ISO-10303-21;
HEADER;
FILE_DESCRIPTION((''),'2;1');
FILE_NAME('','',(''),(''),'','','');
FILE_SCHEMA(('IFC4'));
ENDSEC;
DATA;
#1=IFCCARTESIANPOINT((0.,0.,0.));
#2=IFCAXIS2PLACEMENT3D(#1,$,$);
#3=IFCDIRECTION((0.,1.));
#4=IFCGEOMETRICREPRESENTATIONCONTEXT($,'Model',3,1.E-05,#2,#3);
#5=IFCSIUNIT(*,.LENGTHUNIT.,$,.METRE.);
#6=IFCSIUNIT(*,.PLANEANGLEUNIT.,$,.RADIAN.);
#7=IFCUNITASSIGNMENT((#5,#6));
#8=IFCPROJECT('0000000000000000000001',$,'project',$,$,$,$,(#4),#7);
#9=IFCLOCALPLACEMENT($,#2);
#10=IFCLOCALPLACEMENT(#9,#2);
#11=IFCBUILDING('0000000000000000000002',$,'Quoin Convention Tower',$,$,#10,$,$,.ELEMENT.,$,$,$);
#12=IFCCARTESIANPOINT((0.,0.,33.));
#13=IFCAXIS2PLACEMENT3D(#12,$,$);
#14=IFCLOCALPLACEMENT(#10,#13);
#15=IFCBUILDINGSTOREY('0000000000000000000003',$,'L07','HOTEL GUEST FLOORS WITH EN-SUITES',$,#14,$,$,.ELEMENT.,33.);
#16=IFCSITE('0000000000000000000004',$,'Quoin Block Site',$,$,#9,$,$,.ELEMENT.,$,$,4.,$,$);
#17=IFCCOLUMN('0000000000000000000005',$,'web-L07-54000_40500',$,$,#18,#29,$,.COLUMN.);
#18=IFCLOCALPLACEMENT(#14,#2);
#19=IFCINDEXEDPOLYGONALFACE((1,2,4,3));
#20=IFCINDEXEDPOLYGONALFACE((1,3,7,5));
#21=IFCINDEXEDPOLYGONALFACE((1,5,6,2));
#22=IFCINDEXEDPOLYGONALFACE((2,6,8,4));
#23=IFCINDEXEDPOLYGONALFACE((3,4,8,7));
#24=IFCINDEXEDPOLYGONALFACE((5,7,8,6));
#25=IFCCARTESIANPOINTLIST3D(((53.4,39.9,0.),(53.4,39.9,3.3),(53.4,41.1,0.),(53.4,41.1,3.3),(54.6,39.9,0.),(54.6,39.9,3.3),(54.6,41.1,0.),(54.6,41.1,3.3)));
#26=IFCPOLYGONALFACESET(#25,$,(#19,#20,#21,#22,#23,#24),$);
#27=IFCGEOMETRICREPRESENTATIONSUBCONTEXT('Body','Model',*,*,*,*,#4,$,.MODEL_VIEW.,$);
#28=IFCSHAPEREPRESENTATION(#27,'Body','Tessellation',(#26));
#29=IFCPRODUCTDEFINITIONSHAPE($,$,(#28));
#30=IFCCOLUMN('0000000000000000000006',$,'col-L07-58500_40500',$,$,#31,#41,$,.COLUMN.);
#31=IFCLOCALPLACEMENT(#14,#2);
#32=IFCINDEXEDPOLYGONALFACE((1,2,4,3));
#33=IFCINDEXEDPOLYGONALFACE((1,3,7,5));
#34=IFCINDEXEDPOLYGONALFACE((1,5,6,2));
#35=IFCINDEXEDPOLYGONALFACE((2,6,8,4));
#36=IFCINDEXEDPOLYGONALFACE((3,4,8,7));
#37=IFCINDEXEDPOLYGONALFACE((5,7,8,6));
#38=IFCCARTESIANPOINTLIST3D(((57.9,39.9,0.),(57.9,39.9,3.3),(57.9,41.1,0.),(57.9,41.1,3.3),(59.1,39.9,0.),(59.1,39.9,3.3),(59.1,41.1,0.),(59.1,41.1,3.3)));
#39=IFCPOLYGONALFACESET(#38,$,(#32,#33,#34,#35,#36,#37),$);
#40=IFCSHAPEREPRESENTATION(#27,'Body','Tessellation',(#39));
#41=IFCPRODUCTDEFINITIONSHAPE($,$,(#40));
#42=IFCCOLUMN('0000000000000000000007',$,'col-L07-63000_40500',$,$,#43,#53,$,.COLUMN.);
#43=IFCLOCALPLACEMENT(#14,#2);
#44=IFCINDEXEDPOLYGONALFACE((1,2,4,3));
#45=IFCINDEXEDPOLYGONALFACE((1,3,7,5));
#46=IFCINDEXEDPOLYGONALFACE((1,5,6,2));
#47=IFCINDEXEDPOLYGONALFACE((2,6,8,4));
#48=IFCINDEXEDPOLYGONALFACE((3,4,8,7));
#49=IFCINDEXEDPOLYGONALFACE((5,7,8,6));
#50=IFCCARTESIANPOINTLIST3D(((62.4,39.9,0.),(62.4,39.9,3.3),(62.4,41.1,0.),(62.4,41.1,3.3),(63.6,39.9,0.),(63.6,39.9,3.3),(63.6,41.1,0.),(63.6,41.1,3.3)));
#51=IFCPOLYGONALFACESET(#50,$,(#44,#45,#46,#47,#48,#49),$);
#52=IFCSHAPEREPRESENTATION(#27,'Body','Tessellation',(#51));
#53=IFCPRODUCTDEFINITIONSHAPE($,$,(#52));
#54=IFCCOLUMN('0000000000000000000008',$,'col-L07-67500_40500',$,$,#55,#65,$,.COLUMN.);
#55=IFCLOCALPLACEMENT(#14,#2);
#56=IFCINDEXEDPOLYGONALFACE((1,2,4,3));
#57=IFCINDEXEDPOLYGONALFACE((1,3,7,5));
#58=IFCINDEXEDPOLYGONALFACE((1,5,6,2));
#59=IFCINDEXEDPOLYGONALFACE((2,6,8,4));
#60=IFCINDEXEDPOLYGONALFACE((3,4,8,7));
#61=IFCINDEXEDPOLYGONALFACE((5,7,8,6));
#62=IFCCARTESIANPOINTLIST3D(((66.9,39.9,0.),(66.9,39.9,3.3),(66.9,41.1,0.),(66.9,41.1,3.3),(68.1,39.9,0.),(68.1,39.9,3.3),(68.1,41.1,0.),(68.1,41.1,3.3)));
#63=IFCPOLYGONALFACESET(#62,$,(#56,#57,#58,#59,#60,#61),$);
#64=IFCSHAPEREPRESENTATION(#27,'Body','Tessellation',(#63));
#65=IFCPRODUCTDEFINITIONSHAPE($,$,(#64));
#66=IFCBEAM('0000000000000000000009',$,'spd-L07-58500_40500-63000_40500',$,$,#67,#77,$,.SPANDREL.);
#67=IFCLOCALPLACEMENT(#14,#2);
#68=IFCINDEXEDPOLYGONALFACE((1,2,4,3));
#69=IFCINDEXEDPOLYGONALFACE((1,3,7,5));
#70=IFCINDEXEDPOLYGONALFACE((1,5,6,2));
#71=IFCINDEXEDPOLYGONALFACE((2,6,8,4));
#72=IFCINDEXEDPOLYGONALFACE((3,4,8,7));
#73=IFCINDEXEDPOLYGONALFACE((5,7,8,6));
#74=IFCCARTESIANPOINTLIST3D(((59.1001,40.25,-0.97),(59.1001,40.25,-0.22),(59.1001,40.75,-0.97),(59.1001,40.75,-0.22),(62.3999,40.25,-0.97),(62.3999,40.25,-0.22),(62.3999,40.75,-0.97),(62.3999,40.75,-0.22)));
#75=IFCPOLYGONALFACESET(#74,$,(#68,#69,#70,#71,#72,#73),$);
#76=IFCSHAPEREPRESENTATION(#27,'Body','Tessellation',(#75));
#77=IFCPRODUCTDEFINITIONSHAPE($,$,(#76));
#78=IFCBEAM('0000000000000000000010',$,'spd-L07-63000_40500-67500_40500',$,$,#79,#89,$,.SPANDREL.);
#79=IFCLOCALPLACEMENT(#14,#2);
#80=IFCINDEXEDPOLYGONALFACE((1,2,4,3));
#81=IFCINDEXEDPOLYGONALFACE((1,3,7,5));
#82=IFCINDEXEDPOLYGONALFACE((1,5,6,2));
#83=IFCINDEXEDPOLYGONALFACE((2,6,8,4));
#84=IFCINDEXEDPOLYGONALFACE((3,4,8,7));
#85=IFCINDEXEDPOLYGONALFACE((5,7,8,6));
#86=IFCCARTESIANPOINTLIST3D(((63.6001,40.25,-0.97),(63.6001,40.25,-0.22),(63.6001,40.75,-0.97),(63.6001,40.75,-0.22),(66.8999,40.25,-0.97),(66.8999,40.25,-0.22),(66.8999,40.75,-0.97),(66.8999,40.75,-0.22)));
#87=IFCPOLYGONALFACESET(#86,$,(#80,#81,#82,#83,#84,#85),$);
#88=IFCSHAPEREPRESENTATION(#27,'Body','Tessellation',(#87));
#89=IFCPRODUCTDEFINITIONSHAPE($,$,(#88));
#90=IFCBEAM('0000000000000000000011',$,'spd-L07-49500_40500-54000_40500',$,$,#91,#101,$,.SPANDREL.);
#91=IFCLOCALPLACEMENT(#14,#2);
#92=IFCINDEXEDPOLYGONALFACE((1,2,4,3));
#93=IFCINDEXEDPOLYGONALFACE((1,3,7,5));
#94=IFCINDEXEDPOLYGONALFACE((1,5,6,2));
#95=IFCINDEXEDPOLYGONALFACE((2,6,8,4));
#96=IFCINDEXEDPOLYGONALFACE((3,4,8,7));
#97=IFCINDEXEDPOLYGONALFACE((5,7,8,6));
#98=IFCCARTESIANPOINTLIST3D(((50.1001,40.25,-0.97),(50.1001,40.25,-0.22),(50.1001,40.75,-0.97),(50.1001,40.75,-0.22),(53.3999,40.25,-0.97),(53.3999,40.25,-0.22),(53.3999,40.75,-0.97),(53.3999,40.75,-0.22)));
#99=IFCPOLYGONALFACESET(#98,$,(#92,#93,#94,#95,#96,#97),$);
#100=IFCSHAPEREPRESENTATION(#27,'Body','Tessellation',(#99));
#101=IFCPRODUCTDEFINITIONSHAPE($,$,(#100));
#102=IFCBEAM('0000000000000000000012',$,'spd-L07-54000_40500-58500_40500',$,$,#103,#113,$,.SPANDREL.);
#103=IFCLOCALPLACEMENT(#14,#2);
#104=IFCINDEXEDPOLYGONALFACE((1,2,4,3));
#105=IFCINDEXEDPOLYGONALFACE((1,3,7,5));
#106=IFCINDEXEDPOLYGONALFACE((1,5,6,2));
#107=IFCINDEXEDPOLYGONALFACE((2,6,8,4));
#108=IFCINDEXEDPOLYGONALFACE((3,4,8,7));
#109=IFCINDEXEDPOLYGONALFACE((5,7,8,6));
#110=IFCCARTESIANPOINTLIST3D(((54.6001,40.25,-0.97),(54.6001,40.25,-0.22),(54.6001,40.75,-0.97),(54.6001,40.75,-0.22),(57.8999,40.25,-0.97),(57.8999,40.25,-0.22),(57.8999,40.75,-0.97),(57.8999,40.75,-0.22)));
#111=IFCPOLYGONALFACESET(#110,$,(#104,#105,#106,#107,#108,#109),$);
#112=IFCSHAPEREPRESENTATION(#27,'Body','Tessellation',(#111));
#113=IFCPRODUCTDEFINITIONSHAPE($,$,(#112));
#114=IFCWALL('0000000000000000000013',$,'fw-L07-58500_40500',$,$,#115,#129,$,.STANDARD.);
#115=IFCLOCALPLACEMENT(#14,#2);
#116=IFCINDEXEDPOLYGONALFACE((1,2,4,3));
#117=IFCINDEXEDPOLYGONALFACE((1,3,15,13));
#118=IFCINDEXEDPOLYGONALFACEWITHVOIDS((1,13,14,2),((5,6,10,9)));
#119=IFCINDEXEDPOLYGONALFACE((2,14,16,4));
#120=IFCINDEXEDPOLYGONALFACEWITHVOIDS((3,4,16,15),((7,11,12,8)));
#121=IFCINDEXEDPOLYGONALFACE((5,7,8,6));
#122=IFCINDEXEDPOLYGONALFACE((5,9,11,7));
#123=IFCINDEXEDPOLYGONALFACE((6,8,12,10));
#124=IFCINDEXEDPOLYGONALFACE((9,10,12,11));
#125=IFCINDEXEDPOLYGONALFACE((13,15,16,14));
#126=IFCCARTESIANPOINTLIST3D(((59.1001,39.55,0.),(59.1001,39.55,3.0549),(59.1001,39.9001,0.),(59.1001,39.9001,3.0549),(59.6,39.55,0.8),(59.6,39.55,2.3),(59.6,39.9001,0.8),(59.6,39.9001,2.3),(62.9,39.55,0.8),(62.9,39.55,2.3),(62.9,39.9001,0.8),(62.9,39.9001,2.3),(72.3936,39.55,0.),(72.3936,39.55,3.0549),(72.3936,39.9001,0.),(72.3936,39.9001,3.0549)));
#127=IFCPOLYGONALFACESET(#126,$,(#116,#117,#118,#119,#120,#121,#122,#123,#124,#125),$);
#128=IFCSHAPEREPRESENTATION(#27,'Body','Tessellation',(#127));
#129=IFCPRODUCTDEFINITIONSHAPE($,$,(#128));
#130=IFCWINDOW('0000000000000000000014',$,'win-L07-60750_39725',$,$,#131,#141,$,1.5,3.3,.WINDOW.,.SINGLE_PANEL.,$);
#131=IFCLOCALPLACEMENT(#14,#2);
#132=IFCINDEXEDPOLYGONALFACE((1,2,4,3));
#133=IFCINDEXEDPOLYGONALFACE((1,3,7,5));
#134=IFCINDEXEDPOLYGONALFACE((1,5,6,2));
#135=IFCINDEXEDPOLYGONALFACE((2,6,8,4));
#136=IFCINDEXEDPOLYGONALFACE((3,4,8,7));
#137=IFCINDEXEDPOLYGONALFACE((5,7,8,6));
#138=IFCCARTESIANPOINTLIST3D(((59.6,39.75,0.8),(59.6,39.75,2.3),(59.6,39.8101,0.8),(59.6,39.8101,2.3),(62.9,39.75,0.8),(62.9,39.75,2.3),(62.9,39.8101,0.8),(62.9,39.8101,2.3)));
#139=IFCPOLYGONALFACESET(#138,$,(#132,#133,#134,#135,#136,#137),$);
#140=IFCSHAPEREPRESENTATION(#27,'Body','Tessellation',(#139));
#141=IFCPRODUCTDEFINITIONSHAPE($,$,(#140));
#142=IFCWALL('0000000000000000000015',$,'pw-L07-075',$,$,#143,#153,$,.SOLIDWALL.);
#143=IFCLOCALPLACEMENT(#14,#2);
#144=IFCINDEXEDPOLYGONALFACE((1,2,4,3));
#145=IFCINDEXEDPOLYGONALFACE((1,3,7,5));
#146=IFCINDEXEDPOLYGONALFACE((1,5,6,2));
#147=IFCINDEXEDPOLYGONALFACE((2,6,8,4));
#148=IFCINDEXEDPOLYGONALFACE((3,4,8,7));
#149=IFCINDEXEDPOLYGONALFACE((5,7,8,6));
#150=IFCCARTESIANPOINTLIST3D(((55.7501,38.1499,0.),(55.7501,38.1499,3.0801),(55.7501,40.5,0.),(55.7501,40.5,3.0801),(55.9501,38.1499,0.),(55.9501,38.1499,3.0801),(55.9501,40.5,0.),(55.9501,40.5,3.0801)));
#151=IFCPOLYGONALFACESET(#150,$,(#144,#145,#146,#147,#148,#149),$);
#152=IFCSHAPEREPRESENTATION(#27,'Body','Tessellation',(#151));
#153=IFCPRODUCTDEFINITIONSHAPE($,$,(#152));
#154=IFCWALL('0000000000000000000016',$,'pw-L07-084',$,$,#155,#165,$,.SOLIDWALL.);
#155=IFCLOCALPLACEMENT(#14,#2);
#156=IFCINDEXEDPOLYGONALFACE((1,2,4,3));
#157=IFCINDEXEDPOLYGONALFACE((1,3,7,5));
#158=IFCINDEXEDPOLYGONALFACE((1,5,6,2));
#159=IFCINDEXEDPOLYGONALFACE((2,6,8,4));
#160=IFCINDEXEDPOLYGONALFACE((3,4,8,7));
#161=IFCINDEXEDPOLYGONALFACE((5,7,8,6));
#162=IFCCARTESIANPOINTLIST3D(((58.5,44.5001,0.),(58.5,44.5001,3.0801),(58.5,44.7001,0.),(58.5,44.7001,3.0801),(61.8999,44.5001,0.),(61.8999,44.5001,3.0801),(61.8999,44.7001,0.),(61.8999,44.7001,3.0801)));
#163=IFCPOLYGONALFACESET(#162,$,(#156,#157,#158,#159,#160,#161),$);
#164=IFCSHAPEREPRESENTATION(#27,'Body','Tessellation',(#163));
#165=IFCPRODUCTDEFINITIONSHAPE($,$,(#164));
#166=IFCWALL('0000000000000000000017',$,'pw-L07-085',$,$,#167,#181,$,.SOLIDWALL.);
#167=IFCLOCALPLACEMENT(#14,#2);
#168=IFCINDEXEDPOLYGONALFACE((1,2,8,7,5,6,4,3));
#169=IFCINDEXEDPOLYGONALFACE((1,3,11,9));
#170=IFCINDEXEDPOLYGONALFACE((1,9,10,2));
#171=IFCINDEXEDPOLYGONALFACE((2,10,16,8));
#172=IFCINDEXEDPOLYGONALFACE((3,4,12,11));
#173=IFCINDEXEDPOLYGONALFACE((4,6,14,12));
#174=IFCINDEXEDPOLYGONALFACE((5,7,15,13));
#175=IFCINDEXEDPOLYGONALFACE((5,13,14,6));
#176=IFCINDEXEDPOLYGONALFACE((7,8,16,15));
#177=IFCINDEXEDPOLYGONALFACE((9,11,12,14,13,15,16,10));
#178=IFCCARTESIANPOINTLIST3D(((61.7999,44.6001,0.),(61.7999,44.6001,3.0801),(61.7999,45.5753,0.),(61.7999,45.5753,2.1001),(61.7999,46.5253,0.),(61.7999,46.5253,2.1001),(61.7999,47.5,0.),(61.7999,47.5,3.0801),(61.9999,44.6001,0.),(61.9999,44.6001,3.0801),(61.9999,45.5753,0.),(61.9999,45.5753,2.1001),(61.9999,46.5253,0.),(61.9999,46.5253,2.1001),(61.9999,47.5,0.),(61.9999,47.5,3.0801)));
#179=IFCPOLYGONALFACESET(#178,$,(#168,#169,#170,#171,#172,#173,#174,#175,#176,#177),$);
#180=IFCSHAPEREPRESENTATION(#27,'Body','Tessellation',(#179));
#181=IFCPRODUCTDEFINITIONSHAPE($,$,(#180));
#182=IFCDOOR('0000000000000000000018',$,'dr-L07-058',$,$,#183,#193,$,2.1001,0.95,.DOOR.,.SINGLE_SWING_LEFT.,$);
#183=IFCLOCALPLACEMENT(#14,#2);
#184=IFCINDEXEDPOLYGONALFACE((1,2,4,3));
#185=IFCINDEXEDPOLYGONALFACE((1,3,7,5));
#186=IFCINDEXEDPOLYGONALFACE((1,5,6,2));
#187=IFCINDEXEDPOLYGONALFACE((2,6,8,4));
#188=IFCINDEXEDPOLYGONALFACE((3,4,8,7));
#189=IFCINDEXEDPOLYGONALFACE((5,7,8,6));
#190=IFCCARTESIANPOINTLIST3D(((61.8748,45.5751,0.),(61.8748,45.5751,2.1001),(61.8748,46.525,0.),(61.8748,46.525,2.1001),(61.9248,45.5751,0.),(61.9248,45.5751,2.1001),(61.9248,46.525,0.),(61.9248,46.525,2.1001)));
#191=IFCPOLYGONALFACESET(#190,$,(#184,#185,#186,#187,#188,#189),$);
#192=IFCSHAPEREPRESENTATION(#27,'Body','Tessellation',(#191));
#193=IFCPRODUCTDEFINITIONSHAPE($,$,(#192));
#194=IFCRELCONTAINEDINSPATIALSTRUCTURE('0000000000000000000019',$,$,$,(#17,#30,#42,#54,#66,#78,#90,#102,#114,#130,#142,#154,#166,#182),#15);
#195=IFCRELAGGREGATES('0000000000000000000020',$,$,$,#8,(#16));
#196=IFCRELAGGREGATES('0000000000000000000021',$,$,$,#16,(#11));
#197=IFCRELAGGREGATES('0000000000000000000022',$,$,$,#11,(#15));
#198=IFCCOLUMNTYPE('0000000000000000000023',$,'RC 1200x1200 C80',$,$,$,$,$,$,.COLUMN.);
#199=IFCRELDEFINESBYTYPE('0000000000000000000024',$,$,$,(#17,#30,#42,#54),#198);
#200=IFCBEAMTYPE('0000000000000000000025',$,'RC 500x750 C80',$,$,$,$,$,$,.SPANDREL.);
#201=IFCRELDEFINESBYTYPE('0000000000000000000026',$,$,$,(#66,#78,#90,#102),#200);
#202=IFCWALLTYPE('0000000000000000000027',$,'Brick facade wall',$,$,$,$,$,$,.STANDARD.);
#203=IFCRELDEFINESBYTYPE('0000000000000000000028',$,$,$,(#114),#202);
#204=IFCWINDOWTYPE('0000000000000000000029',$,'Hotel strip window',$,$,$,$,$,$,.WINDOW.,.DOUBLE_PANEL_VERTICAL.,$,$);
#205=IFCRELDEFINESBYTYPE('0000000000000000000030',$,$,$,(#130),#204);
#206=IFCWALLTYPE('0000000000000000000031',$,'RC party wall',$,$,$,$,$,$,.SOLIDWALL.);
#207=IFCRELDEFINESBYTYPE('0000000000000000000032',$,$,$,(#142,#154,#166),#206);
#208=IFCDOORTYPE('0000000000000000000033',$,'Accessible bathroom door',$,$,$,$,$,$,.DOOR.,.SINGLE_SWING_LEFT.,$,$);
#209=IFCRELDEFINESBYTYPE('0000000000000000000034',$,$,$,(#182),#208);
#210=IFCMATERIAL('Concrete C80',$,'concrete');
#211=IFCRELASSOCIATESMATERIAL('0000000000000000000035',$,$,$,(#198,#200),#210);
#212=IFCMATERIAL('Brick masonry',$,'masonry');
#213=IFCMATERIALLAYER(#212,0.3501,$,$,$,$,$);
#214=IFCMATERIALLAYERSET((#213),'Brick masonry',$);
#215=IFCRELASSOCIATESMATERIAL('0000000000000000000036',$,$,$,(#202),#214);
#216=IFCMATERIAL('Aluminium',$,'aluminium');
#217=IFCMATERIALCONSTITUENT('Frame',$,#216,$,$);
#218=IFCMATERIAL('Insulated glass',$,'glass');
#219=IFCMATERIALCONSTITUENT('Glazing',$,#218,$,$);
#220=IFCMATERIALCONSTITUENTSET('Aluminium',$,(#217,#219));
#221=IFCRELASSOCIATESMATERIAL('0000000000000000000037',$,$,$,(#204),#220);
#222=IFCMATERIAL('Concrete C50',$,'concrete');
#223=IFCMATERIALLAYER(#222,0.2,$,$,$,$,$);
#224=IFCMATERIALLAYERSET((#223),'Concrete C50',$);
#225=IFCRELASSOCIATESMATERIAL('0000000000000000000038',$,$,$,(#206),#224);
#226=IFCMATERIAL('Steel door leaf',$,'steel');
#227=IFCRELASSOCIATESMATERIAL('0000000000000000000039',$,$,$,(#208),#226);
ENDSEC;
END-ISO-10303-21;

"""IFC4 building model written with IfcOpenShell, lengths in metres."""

from ifc_helpers import new_model, si_unit, direction, frame, frame_2d, origin, origin_2d, place, context, subcontext, project, spatial, rectangle, extrude, material, layer, layer_set, constituent, constituent_set, material_profile, profile_set, type_object, element, fill, save


model = new_model("IFC4")

# Units and contexts
model_context = context("Model", 3, precision=1e-05, world=origin(), true_north=direction((0.0, 1.0)))
body_context = subcontext(model_context, "Body", "Model", "MODEL_VIEW")
ifc_project = project(units=[si_unit("LENGTHUNIT", "METRE"), si_unit("PLANEANGLEUNIT", "RADIAN")], contexts=[model_context])

# Site, building, storey
site_placement = place(None, origin())
site = spatial("IfcSite", under=ifc_project, at=site_placement, Name="Quoin Block Site", CompositionType="ELEMENT", RefElevation=4.0)
building_placement = place(site_placement, origin())
building = spatial("IfcBuilding", under=site, at=building_placement, Name="Quoin Convention Tower", CompositionType="ELEMENT")
storey_placement = place(building_placement, frame((0.0, 0.0, 33.0)))
storey = spatial("IfcBuildingStorey", under=building, at=storey_placement, Name="L07", Description="HOTEL GUEST FLOORS WITH EN-SUITES", CompositionType="ELEMENT", Elevation=33.0)

# Columns
ifc_material_1 = material(Name="Concrete C80", Category="concrete")
ifc_material_profile_1 = material_profile(ifc_material_1, rectangle(XDim=1.2, YDim=1.2, at=origin_2d()), Name="RC 1200x1200")
ifc_profile_set_1 = profile_set([ifc_material_profile_1], Name="Concrete C80")
column_type = type_object("IfcColumnType", Name="RC 1200x1200 C80", PredefinedType="COLUMN", material=ifc_profile_set_1)
for number, where, z_axis, x_axis, name in (
    (1, (54.0, 40.5, 0.0), (0.0, 0.0, 1.0), (1.0, 0.0, 0.0), "web-L07-54000_40500"),
    (2, (58.5, 40.5, 0.0), (0.0, 0.0, 1.0), (1.0, 0.0, 0.0), "col-L07-58500_40500"),
    (3, (63.0, 40.5, 0.0), (0.0, 0.0, 1.0), (1.0, 0.0, 0.0), "col-L07-63000_40500"),
    (4, (67.5, 40.5, 0.0), (0.0, 0.0, 1.0), (1.0, 0.0, 0.0), "col-L07-67500_40500"),
):
    element("IfcColumn", number, at=place(storey_placement, frame(where, z_axis=z_axis, x_axis=x_axis)), inside=storey, type_object=column_type, Name=name, PredefinedType="COLUMN", context=body_context, shape_type="SweptSolid", body=[
        extrude(rectangle(XDim=1.2, YDim=1.2, at=origin_2d()), origin(), (0.0, 0.0, 1.0), 3.3),
    ])

# Beams
ifc_material_profile_2 = material_profile(ifc_material_1, rectangle(XDim=0.5, YDim=0.75, at=origin_2d()), Name="RC 500x750")
ifc_profile_set_2 = profile_set([ifc_material_profile_2], Name="Concrete C80")
beam_type = type_object("IfcBeamType", Name="RC 500x750 C80", PredefinedType="SPANDREL", material=ifc_profile_set_2)
for number, where, z_axis, x_axis, name in (
    (5, (59.1001, 40.5, -0.595), (1.0, 0.0, 0.0), (0.0, 1.0, 0.0), "spd-L07-58500_40500-63000_40500"),
    (6, (63.6001, 40.5, -0.595), (1.0, 0.0, 0.0), (0.0, 1.0, 0.0), "spd-L07-63000_40500-67500_40500"),
    (7, (50.1001, 40.5, -0.595), (1.0, 0.0, 0.0), (0.0, 1.0, 0.0), "spd-L07-49500_40500-54000_40500"),
    (8, (54.6001, 40.5, -0.595), (1.0, 0.0, 0.0), (0.0, 1.0, 0.0), "spd-L07-54000_40500-58500_40500"),
):
    element("IfcBeam", number, at=place(storey_placement, frame(where, z_axis=z_axis, x_axis=x_axis)), inside=storey, type_object=beam_type, Name=name, PredefinedType="SPANDREL", context=body_context, shape_type="SweptSolid", body=[
        extrude(rectangle(XDim=0.5, YDim=0.75, at=origin_2d()), origin(), (0.0, 0.0, 1.0), 3.2998),
    ])

# Wall, opening, window
ifc_material_2 = material(Name="Brick masonry", Category="masonry")
ifc_layer_1 = layer(ifc_material_2, 0.3501)
ifc_layer_set_1 = layer_set([ifc_layer_1], Name="Brick masonry")
wall_type_1 = type_object("IfcWallType", Name="Brick facade wall", PredefinedType="STANDARD", material=ifc_layer_set_1)
wall_1_placement = place(storey_placement, frame((59.1001, 39.7251, 0.0), z_axis=(0.0, 0.0, 1.0), x_axis=(1.0, 0.0, 0.0)))
wall_1 = element("IfcWall", 9, at=wall_1_placement, inside=storey, type_object=wall_type_1, Name="fw-L07-58500_40500", PredefinedType="STANDARD", context=body_context, shape_type="SweptSolid", body=[
    extrude(rectangle(XDim=13.2935, YDim=0.3501, at=frame_2d((6.6467, 0.0))), origin(), (0.0, 0.0, 1.0), 3.0549),
])
opening_1_placement = place(wall_1_placement, frame((0.5, 0.0, 0.8)))
opening_1 = element("IfcOpeningElement", 10, at=opening_1_placement, cuts=wall_1, PredefinedType="OPENING", context=body_context, shape_type="SweptSolid", body=[
    extrude(rectangle(XDim=3.3, YDim=1.5, at=frame_2d((1.6499, 0.75))), frame((0.0, 0.1851, 0.0), z_axis=(0.0, -1.0, 0.0), x_axis=(1.0, 0.0, 0.0)), (0.0, 0.0, 1.0), 0.3701),
])
ifc_material_3 = material(Name="Aluminium", Category="aluminium")
ifc_constituent_1 = constituent(ifc_material_3, Name="Frame")
ifc_material_4 = material(Name="Insulated glass", Category="glass")
ifc_constituent_2 = constituent(ifc_material_4, Name="Glazing")
ifc_constituent_set = constituent_set(constituents=[ifc_constituent_1, ifc_constituent_2], Name="Aluminium")
window_type = type_object("IfcWindowType", Name="Hotel strip window", PartitioningType="DOUBLE_PANEL_VERTICAL", PredefinedType="WINDOW", material=ifc_constituent_set)
window_placement = place(opening_1_placement, origin())
window = element("IfcWindow", 11, at=window_placement, inside=storey, type_object=window_type, Name="win-L07-60750_39725", OverallHeight=1.5, OverallWidth=3.3, PartitioningType="SINGLE_PANEL", PredefinedType="WINDOW", context=body_context, shape_type="SweptSolid", body=[
    extrude(rectangle(XDim=3.3, YDim=1.5, at=frame_2d((1.6499, 0.75))), frame((0.0, 0.085, 0.0), z_axis=(0.0, -1.0, 0.0), x_axis=(1.0, 0.0, 0.0)), (0.0, 0.0, 1.0), 0.0601),
])
fill(opening_1, window)

# Walls
ifc_material_5 = material(Name="Concrete C50", Category="concrete")
ifc_layer_2 = layer(ifc_material_5, 0.2)
ifc_layer_set_2 = layer_set([ifc_layer_2], Name="Concrete C50")
wall_type_2 = type_object("IfcWallType", Name="RC party wall", PredefinedType="SOLIDWALL", material=ifc_layer_set_2)
wall_2_placement = place(storey_placement, frame((55.8501, 38.1499, 0.0), z_axis=(0.0, 0.0, 1.0), x_axis=(0.0, 1.0, 0.0)))
element("IfcWall", 12, at=wall_2_placement, inside=storey, type_object=wall_type_2, Name="pw-L07-075", PredefinedType="SOLIDWALL", context=body_context, shape_type="SweptSolid", body=[
    extrude(rectangle(XDim=2.3501, YDim=0.2, at=frame_2d((1.175, 0.0))), origin(), (0.0, 0.0, 1.0), 3.0801),
])
wall_3_placement = place(storey_placement, frame((58.5, 44.6001, 0.0), z_axis=(0.0, 0.0, 1.0), x_axis=(1.0, 0.0, 0.0)))
element("IfcWall", 13, at=wall_3_placement, inside=storey, type_object=wall_type_2, Name="pw-L07-084", PredefinedType="SOLIDWALL", context=body_context, shape_type="SweptSolid", body=[
    extrude(rectangle(XDim=3.3999, YDim=0.2, at=frame_2d((1.7, 0.0))), origin(), (0.0, 0.0, 1.0), 3.0801),
])

# Wall, opening, door
wall_4_placement = place(storey_placement, frame((61.8999, 44.6001, 0.0), z_axis=(0.0, 0.0, 1.0), x_axis=(0.0, 1.0, 0.0)))
wall_4 = element("IfcWall", 14, at=wall_4_placement, inside=storey, type_object=wall_type_2, Name="pw-L07-085", PredefinedType="SOLIDWALL", context=body_context, shape_type="SweptSolid", body=[
    extrude(rectangle(XDim=2.8999, YDim=0.2, at=frame_2d((1.45, 0.0))), origin(), (0.0, 0.0, 1.0), 3.0801),
])
opening_2_placement = place(wall_4_placement, frame((0.9751, 0.0, 0.0)))
opening_2 = element("IfcOpeningElement", 15, at=opening_2_placement, cuts=wall_4, PredefinedType="OPENING", context=body_context, shape_type="SweptSolid", body=[
    extrude(rectangle(XDim=0.95, YDim=2.1001, at=frame_2d((0.4751, 1.05))), frame((0.0, 0.1099, 0.0), z_axis=(0.0, -1.0, 0.0), x_axis=(1.0, 0.0, 0.0)), (0.0, 0.0, 1.0), 0.22),
])
ifc_material_6 = material(Name="Steel door leaf", Category="steel")
door_type = type_object("IfcDoorType", Name="Accessible bathroom door", OperationType="SINGLE_SWING_LEFT", PredefinedType="DOOR", material=ifc_material_6)
door_placement = place(opening_2_placement, frame((0.95, 0.0, 0.0), z_axis=(0.0, 0.0, 1.0), x_axis=(-1.0, 0.0, 0.0)))
door = element("IfcDoor", 16, at=door_placement, inside=storey, type_object=door_type, Name="dr-L07-058", OperationType="SINGLE_SWING_LEFT", OverallHeight=2.1001, OverallWidth=0.95, PredefinedType="DOOR", context=body_context, shape_type="SweptSolid", body=[
    extrude(rectangle(XDim=0.95, YDim=2.1001, at=frame_2d((0.4751, 1.05))), frame((0.0, 0.0249, 0.0), z_axis=(0.0, -1.0, 0.0), x_axis=(1.0, 0.0, 0.0)), (0.0, 0.0, 1.0), 0.05),
])
fill(opening_2, door)

save(model, "model.ifc")
